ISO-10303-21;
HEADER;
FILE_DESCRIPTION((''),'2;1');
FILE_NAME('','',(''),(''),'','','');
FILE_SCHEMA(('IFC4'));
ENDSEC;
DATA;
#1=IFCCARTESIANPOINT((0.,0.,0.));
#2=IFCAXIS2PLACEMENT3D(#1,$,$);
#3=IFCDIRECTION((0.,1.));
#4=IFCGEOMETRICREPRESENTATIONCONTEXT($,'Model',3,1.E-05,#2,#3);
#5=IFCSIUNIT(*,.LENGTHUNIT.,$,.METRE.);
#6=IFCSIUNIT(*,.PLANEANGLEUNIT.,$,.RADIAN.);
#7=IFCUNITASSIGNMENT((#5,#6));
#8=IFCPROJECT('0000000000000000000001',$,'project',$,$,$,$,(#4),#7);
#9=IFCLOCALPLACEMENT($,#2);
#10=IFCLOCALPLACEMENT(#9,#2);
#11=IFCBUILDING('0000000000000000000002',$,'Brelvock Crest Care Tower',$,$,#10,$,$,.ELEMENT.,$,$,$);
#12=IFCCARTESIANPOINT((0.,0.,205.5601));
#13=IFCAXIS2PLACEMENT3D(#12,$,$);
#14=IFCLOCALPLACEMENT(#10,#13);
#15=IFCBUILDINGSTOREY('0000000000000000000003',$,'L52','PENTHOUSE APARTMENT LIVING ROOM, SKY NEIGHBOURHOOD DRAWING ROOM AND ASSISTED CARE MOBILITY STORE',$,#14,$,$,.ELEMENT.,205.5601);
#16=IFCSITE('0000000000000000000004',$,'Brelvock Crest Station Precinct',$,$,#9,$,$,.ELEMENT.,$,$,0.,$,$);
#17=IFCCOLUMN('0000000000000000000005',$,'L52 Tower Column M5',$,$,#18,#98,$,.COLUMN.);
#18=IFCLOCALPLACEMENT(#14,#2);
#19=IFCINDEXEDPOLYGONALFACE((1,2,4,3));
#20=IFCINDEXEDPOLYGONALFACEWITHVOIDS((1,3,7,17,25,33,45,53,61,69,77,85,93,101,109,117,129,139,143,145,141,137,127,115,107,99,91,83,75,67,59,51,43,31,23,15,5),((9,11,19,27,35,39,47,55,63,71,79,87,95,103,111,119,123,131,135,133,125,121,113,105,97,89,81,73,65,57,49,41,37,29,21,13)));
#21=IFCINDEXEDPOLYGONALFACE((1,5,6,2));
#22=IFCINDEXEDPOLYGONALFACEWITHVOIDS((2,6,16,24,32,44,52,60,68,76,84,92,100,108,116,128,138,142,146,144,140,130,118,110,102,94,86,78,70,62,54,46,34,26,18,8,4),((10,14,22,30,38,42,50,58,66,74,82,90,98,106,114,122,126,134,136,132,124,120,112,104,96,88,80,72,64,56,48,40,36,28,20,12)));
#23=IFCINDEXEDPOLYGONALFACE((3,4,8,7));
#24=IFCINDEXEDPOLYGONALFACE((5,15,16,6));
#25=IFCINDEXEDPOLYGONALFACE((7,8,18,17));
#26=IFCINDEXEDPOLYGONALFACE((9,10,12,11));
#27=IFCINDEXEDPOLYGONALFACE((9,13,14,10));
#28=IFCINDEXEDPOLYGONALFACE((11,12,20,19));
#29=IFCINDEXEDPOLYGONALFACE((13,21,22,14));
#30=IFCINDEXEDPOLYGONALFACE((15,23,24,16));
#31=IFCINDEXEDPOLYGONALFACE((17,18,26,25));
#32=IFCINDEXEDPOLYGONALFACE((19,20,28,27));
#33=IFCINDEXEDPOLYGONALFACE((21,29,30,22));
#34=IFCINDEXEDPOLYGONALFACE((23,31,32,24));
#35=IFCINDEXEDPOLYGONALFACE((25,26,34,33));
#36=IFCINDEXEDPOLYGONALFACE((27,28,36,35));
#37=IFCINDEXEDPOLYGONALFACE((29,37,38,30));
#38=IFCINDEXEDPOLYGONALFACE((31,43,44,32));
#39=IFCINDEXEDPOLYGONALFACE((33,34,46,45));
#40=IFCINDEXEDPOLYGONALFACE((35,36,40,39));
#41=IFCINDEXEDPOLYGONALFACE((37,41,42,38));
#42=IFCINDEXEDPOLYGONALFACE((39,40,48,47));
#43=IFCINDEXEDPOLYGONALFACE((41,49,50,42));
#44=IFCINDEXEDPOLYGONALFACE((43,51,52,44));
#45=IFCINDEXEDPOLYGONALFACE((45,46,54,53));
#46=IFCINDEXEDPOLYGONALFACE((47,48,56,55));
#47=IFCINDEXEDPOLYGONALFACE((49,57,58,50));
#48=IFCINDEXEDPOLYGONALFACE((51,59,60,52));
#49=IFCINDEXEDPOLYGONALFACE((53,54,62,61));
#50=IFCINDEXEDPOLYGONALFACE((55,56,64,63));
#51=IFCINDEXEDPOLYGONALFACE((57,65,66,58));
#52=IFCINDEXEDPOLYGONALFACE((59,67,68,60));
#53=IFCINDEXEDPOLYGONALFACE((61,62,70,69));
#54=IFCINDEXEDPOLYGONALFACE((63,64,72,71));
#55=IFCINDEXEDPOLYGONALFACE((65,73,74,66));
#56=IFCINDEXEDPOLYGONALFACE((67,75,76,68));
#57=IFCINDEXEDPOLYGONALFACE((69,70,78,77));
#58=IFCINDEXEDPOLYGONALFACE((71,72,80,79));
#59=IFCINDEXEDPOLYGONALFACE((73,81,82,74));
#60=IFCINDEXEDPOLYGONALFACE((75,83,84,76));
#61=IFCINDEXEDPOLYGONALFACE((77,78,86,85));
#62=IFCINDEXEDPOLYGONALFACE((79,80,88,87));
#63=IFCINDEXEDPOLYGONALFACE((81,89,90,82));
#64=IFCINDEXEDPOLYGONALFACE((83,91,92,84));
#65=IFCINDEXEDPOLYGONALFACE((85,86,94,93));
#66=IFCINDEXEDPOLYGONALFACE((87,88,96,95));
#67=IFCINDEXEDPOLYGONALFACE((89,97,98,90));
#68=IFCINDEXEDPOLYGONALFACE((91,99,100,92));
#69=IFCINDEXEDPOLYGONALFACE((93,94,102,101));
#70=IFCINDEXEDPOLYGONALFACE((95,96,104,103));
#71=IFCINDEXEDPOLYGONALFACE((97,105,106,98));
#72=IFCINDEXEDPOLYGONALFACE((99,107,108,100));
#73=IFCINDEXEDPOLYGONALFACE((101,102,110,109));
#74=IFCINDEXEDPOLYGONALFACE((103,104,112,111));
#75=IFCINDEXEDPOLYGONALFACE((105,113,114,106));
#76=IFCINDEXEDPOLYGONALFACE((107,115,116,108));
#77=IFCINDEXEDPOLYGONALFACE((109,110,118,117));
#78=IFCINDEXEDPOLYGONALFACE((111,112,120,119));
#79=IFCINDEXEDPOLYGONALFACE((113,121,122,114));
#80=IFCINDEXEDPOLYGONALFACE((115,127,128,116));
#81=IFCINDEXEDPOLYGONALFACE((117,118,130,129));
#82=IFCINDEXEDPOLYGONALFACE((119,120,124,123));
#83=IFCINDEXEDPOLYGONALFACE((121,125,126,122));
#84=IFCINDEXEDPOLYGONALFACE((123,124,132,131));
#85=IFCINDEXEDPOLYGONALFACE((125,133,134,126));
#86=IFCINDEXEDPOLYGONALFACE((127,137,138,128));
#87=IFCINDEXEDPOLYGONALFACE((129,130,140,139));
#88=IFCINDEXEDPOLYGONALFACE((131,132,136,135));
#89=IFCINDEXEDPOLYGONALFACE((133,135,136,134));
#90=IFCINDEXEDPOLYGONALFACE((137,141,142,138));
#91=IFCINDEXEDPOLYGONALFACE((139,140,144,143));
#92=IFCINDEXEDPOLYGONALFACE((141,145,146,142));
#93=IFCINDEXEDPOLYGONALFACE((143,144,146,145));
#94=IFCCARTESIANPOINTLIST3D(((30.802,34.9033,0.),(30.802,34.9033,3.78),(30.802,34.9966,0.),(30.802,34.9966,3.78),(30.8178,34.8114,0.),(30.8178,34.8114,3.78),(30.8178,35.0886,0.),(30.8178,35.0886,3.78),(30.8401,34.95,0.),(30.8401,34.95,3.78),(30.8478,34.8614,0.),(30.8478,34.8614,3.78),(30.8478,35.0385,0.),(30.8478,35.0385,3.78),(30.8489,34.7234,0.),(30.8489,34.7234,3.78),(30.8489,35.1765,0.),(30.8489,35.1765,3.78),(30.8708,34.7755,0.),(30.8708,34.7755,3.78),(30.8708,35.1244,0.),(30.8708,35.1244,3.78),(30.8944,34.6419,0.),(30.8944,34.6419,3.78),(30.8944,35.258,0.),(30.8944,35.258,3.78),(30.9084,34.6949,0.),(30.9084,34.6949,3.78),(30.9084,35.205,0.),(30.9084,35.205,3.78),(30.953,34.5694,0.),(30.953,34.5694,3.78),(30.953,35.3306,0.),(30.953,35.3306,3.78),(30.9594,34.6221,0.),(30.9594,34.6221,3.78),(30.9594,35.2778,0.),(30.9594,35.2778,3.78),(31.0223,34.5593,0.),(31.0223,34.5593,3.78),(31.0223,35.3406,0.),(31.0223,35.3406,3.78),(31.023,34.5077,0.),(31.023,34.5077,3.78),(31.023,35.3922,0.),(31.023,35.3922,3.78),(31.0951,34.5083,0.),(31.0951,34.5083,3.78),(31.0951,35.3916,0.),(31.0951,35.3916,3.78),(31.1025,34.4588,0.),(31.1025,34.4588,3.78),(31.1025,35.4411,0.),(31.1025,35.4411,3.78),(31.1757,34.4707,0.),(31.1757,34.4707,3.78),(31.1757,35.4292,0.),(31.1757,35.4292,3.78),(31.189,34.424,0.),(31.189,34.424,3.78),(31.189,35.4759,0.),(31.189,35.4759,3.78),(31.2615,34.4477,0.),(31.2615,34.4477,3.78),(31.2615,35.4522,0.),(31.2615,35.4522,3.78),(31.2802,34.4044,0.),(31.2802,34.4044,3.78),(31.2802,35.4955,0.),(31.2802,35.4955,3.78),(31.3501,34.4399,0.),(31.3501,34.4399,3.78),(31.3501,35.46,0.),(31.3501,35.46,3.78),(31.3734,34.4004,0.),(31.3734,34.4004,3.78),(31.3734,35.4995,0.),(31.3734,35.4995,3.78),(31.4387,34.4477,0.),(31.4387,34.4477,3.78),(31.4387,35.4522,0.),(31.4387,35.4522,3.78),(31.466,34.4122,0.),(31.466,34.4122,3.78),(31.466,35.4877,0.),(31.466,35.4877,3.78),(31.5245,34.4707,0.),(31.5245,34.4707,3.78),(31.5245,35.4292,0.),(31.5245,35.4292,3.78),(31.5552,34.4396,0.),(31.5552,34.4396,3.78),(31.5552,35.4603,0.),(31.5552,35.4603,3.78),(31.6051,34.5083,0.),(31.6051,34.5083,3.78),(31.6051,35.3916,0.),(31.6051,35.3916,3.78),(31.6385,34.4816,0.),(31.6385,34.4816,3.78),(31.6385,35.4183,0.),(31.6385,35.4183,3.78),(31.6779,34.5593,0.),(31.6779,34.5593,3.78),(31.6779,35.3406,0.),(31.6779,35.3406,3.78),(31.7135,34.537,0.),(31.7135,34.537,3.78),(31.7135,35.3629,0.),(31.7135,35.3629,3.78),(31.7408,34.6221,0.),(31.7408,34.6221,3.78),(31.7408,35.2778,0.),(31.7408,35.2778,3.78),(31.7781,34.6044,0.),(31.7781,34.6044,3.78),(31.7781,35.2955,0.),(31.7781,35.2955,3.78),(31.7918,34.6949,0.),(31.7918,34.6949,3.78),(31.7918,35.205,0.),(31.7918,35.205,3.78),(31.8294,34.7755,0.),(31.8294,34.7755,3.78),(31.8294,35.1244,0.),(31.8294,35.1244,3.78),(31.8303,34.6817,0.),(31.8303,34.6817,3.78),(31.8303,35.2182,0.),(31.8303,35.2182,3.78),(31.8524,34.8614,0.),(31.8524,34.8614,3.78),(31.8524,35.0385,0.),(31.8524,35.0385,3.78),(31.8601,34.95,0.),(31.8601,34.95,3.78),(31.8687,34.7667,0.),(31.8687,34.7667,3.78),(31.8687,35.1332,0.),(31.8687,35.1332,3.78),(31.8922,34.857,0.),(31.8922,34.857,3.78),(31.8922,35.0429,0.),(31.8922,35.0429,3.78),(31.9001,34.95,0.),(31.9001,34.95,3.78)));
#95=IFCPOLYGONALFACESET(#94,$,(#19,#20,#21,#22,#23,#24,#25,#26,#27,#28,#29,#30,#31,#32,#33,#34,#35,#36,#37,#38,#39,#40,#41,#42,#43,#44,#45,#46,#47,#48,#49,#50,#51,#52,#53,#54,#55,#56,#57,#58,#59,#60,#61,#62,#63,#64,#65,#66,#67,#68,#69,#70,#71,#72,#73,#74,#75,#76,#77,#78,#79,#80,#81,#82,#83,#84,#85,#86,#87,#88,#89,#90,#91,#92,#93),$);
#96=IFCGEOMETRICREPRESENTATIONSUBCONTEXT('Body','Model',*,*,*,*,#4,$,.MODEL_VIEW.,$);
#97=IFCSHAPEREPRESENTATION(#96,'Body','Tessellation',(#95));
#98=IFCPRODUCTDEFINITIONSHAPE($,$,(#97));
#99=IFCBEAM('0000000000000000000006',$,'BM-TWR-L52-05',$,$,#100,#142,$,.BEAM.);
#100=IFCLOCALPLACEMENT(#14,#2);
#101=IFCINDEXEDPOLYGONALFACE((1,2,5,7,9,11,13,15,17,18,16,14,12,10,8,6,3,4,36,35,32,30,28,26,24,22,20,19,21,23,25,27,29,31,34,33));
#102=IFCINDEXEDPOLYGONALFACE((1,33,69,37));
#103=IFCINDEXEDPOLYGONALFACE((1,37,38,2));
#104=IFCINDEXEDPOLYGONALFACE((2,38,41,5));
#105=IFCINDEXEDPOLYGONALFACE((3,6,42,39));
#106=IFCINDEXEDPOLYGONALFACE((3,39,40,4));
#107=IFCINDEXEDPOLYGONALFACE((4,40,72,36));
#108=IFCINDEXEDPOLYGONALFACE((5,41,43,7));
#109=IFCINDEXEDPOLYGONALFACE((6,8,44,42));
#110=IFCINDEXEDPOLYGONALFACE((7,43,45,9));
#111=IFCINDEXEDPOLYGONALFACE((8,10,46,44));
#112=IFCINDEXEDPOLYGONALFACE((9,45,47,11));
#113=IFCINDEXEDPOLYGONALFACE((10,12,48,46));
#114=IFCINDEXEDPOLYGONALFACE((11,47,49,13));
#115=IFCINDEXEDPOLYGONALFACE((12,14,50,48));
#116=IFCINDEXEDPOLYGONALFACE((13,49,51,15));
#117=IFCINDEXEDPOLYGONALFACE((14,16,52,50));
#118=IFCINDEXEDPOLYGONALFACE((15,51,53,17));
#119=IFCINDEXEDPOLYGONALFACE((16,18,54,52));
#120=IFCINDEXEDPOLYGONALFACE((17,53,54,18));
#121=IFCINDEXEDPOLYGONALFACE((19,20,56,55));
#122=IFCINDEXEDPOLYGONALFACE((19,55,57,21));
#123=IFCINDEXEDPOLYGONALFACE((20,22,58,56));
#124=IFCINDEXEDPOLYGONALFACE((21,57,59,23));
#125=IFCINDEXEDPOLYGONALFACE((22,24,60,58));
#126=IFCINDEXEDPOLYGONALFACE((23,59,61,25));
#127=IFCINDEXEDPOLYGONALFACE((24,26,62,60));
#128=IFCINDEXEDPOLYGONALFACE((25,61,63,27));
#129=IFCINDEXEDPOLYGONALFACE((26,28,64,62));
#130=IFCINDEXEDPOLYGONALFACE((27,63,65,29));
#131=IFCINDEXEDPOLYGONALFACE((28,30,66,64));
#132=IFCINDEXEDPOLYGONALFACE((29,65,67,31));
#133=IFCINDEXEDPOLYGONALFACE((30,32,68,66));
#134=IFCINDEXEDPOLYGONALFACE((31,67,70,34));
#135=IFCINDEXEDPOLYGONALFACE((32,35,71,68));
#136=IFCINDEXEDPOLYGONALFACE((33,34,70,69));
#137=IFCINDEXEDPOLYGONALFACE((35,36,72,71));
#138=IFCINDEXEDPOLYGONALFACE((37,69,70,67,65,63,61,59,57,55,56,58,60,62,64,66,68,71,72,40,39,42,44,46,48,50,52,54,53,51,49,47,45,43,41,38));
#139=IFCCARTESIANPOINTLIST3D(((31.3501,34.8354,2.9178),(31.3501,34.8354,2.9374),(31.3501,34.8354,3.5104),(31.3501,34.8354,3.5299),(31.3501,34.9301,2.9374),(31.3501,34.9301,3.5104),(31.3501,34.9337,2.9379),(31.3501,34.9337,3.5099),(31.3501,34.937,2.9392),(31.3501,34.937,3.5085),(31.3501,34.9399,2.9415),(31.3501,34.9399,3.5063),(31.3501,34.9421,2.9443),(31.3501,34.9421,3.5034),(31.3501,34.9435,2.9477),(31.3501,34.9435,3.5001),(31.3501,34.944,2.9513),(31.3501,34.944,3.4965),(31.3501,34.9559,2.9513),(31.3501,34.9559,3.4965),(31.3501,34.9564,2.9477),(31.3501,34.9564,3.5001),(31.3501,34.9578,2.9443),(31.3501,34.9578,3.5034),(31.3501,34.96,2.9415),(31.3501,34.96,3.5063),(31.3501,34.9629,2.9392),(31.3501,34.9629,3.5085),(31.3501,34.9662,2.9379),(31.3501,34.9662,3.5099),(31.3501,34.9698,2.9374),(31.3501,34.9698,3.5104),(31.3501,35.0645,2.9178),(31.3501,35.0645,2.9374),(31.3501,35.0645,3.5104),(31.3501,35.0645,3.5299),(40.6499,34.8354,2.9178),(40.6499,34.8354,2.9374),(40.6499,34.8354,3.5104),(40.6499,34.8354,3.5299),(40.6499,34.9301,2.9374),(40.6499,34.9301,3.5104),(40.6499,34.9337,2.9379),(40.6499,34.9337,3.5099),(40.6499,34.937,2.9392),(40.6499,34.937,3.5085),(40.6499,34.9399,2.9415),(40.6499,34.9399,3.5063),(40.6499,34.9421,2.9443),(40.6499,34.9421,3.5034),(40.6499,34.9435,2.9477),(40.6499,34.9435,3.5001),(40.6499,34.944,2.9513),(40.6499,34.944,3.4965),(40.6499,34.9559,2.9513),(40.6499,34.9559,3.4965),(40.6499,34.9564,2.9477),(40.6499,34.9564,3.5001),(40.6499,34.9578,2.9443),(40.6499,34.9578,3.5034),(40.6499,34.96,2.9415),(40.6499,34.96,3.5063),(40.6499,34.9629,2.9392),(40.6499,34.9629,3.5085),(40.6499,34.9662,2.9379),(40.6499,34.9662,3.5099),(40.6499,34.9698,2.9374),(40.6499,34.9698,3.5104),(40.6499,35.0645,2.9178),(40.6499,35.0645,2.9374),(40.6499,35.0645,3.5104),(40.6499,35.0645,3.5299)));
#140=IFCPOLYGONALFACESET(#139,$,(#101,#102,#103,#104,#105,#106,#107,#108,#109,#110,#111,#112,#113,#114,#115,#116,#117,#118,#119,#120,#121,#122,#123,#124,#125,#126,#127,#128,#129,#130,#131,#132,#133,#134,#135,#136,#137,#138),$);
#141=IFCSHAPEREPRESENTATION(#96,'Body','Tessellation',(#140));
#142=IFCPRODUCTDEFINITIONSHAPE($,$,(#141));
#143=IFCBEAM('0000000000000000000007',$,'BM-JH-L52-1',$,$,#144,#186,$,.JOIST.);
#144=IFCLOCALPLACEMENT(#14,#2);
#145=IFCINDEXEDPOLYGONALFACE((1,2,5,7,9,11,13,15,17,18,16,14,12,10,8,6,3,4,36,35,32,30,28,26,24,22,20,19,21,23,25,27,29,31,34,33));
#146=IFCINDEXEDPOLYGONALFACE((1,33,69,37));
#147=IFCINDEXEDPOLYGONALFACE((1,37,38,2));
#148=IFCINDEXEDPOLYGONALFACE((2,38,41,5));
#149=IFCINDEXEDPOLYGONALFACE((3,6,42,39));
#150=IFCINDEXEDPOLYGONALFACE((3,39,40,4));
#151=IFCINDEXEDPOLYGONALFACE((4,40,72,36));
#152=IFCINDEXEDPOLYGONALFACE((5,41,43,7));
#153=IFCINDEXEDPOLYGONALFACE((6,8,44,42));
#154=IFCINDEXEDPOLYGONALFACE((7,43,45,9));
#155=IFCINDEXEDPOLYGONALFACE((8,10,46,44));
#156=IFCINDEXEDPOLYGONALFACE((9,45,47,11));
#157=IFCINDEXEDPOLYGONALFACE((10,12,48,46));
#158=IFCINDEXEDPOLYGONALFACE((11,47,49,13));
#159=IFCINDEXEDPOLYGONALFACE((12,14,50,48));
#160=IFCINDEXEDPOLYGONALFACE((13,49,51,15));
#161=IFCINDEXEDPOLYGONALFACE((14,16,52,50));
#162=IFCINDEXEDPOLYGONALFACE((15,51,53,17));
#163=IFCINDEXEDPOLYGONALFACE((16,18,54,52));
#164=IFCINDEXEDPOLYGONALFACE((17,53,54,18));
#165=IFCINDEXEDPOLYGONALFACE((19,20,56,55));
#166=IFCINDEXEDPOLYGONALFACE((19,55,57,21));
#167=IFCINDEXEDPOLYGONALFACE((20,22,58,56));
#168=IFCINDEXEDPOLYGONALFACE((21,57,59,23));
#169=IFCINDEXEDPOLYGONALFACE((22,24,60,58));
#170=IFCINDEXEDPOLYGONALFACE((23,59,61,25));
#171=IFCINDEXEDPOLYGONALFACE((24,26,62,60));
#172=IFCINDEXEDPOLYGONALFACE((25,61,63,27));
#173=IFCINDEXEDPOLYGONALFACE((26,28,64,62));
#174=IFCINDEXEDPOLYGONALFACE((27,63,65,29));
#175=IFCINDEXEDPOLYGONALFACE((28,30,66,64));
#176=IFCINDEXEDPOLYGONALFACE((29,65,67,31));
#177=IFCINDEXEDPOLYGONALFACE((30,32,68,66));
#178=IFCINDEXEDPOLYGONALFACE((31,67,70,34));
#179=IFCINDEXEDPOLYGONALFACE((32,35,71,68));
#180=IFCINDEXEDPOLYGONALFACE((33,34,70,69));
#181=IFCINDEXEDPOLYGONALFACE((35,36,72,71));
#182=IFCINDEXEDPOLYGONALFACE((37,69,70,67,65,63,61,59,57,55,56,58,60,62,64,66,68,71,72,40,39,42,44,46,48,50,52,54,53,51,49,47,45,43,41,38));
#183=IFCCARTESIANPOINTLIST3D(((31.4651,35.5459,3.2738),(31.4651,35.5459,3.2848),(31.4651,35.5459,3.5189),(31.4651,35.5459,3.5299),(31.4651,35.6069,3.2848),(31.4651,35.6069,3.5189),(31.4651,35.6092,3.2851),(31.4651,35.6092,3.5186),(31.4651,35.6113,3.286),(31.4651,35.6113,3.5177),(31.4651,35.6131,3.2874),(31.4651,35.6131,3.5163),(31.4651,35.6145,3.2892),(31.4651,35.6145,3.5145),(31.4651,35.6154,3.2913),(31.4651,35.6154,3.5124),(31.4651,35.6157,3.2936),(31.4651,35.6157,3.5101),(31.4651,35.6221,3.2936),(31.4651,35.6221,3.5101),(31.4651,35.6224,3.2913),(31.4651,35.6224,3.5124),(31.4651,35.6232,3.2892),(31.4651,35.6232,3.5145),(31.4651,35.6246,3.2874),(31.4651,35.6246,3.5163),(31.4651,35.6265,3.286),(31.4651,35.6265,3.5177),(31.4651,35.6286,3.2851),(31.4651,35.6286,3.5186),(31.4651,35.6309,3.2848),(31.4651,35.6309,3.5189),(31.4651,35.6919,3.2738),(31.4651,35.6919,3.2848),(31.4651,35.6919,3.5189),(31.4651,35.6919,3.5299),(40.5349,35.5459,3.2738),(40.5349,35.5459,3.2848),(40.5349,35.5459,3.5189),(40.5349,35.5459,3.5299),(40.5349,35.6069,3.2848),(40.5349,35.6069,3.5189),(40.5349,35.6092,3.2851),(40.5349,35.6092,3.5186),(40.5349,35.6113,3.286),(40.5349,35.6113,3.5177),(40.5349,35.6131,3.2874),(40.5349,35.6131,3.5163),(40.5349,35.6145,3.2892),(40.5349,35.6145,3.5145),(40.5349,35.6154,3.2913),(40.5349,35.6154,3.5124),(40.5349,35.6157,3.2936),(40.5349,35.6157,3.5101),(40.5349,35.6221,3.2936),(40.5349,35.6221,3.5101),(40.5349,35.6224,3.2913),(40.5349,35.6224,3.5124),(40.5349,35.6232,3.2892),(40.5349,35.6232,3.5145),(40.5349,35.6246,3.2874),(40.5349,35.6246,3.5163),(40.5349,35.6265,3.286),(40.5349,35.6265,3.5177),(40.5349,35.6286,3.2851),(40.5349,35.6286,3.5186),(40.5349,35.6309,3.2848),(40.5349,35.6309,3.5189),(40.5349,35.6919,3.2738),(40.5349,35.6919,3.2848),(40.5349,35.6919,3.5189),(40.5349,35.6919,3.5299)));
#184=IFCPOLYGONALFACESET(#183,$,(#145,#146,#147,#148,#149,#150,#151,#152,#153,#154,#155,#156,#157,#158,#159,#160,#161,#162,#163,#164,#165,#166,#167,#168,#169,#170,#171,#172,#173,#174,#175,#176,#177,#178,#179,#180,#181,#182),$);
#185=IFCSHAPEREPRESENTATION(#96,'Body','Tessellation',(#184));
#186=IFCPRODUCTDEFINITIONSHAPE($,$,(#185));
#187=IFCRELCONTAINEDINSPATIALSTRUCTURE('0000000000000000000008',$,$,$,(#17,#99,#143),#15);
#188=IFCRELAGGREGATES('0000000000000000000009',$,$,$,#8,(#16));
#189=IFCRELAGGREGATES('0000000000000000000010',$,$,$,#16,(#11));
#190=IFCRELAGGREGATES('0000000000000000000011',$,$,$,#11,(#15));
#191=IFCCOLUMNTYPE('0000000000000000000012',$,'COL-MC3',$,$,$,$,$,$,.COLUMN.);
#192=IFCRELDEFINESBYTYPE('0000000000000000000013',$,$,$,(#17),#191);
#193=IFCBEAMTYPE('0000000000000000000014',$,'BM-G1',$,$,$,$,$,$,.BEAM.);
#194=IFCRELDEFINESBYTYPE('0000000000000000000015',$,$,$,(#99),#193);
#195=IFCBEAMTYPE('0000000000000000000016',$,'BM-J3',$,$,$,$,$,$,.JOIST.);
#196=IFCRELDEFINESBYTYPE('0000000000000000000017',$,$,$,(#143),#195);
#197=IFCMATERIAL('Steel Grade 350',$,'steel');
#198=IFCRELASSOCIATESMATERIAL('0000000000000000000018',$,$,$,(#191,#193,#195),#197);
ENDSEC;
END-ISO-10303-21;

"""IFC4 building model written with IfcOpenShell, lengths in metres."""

from ifc_helpers import new_model, si_unit, direction, frame, origin, origin_2d, place, context, subcontext, project, spatial, hollow_circle, i_section, extrude, source, transform, mapped, material, material_profile, profile_set, type_object, element, save


model = new_model("IFC4")

# Units and contexts
model_context = context("Model", 3, precision=1e-05, world=origin(), true_north=direction((0.0, 1.0)))
body_context = subcontext(model_context, "Body", "Model", "MODEL_VIEW")
ifc_project = project(units=[si_unit("LENGTHUNIT", "METRE"), si_unit("PLANEANGLEUNIT", "RADIAN")], contexts=[model_context])

# Site, building, storey
site_placement = place(None, origin())
site = spatial("IfcSite", under=ifc_project, at=site_placement, Name="Brelvock Crest Station Precinct", CompositionType="ELEMENT", RefElevation=0.0)
building_placement = place(site_placement, origin())
building = spatial("IfcBuilding", under=site, at=building_placement, Name="Brelvock Crest Care Tower", CompositionType="ELEMENT")
storey_placement = place(building_placement, frame((0.0, 0.0, 205.5601)))
storey = spatial("IfcBuildingStorey", under=building, at=storey_placement, Name="L52", Description="PENTHOUSE APARTMENT LIVING ROOM, SKY NEIGHBOURHOOD DRAWING ROOM AND ASSISTED CARE MOBILITY STORE", CompositionType="ELEMENT", Elevation=205.5601)

# Column
ifc_material_1 = material(Name="Steel Grade 350", Category="steel")
ifc_material_profile_1 = material_profile(ifc_material_1, hollow_circle(Radius=0.55, WallThickness=0.04, at=origin_2d()), Name="CFT1100x40")
ifc_profile_set_1 = profile_set([ifc_material_profile_1], Name="Steel Grade 350")
column_type = type_object("IfcColumnType", Name="COL-MC3", PredefinedType="COLUMN", material=ifc_profile_set_1)
shared_shape_1 = source(origin(), body_context, "Body", "SweptSolid", [
    extrude(hollow_circle(Radius=0.55, WallThickness=0.04, at=origin_2d()), origin(), (0.0, 0.0, 1.0), 3.78),
])
column_placement = place(storey_placement, frame((31.3501, 34.95, 0.0), z_axis=(0.0, 0.0, 1.0), x_axis=(1.0, 0.0, 0.0)))
element("IfcColumn", 1, at=column_placement, inside=storey, type_object=column_type, Name="L52 Tower Column M5", PredefinedType="COLUMN", context=body_context, shape_type="MappedRepresentation", body=[
    mapped(shared_shape_1, transform((0.0, 0.0, 0.0), x_axis=(1.0, 0.0, 0.0), y_axis=(0.0, 1.0, 0.0), z_axis=(0.0, 0.0, 1.0), scale=1.0)),
])

# Beams
ifc_material_profile_2 = material_profile(ifc_material_1, i_section(OverallWidth=0.229, OverallDepth=0.6121, WebThickness=0.012, FlangeThickness=0.0195, FilletRadius=0.0139, at=origin_2d()), Name="610UB125")
ifc_profile_set_2 = profile_set([ifc_material_profile_2], Name="Steel Grade 350")
beam_type_1 = type_object("IfcBeamType", Name="BM-G1", PredefinedType="BEAM", material=ifc_profile_set_2)
shared_shape_2 = source(origin(), body_context, "Body", "SweptSolid", [
    extrude(i_section(OverallWidth=0.229, OverallDepth=0.6121, WebThickness=0.012, FlangeThickness=0.0195, FilletRadius=0.0139, at=origin_2d()), origin(), (0.0, 0.0, 1.0), 9.2998),
])
beam_1_placement = place(storey_placement, frame((31.3501, 34.95, 3.2239), z_axis=(1.0, 0.0, 0.0), x_axis=(0.0, 1.0, 0.0)))
element("IfcBeam", 2, at=beam_1_placement, inside=storey, type_object=beam_type_1, Name="BM-TWR-L52-05", PredefinedType="BEAM", context=body_context, shape_type="MappedRepresentation", body=[
    mapped(shared_shape_2, transform((0.0, 0.0, 0.0), x_axis=(1.0, 0.0, 0.0), y_axis=(0.0, 1.0, 0.0), z_axis=(0.0, 0.0, 1.0), scale=1.0)),
])
ifc_material_profile_3 = material_profile(ifc_material_1, i_section(OverallWidth=0.146, OverallDepth=0.2561, WebThickness=0.0063, FlangeThickness=0.011, FilletRadius=0.0088, at=origin_2d()), Name="250UB37.3")
ifc_profile_set_3 = profile_set([ifc_material_profile_3], Name="Steel Grade 350")
beam_type_2 = type_object("IfcBeamType", Name="BM-J3", PredefinedType="JOIST", material=ifc_profile_set_3)
shared_shape_3 = source(origin(), body_context, "Body", "SweptSolid", [
    extrude(i_section(OverallWidth=0.146, OverallDepth=0.2561, WebThickness=0.0063, FlangeThickness=0.011, FilletRadius=0.0088, at=origin_2d()), origin(), (0.0, 0.0, 1.0), 9.0698),
])
for number, where, z_axis, x_axis, name in (
    (3, (31.4651, 35.6189, 3.4019), (1.0, 0.0, 0.0), (0.0, 1.0, 0.0), "BM-JH-L52-1"),
):
    element("IfcBeam", number, at=place(storey_placement, frame(where, z_axis=z_axis, x_axis=x_axis)), inside=storey, type_object=beam_type_2, Name=name, PredefinedType="JOIST", context=body_context, shape_type="MappedRepresentation", body=[
        mapped(shared_shape_3, transform((0.0, 0.0, 0.0), x_axis=(1.0, 0.0, 0.0), y_axis=(0.0, 1.0, 0.0), z_axis=(0.0, 0.0, 1.0), scale=1.0)),
    ])

save(model, "model.ifc")
